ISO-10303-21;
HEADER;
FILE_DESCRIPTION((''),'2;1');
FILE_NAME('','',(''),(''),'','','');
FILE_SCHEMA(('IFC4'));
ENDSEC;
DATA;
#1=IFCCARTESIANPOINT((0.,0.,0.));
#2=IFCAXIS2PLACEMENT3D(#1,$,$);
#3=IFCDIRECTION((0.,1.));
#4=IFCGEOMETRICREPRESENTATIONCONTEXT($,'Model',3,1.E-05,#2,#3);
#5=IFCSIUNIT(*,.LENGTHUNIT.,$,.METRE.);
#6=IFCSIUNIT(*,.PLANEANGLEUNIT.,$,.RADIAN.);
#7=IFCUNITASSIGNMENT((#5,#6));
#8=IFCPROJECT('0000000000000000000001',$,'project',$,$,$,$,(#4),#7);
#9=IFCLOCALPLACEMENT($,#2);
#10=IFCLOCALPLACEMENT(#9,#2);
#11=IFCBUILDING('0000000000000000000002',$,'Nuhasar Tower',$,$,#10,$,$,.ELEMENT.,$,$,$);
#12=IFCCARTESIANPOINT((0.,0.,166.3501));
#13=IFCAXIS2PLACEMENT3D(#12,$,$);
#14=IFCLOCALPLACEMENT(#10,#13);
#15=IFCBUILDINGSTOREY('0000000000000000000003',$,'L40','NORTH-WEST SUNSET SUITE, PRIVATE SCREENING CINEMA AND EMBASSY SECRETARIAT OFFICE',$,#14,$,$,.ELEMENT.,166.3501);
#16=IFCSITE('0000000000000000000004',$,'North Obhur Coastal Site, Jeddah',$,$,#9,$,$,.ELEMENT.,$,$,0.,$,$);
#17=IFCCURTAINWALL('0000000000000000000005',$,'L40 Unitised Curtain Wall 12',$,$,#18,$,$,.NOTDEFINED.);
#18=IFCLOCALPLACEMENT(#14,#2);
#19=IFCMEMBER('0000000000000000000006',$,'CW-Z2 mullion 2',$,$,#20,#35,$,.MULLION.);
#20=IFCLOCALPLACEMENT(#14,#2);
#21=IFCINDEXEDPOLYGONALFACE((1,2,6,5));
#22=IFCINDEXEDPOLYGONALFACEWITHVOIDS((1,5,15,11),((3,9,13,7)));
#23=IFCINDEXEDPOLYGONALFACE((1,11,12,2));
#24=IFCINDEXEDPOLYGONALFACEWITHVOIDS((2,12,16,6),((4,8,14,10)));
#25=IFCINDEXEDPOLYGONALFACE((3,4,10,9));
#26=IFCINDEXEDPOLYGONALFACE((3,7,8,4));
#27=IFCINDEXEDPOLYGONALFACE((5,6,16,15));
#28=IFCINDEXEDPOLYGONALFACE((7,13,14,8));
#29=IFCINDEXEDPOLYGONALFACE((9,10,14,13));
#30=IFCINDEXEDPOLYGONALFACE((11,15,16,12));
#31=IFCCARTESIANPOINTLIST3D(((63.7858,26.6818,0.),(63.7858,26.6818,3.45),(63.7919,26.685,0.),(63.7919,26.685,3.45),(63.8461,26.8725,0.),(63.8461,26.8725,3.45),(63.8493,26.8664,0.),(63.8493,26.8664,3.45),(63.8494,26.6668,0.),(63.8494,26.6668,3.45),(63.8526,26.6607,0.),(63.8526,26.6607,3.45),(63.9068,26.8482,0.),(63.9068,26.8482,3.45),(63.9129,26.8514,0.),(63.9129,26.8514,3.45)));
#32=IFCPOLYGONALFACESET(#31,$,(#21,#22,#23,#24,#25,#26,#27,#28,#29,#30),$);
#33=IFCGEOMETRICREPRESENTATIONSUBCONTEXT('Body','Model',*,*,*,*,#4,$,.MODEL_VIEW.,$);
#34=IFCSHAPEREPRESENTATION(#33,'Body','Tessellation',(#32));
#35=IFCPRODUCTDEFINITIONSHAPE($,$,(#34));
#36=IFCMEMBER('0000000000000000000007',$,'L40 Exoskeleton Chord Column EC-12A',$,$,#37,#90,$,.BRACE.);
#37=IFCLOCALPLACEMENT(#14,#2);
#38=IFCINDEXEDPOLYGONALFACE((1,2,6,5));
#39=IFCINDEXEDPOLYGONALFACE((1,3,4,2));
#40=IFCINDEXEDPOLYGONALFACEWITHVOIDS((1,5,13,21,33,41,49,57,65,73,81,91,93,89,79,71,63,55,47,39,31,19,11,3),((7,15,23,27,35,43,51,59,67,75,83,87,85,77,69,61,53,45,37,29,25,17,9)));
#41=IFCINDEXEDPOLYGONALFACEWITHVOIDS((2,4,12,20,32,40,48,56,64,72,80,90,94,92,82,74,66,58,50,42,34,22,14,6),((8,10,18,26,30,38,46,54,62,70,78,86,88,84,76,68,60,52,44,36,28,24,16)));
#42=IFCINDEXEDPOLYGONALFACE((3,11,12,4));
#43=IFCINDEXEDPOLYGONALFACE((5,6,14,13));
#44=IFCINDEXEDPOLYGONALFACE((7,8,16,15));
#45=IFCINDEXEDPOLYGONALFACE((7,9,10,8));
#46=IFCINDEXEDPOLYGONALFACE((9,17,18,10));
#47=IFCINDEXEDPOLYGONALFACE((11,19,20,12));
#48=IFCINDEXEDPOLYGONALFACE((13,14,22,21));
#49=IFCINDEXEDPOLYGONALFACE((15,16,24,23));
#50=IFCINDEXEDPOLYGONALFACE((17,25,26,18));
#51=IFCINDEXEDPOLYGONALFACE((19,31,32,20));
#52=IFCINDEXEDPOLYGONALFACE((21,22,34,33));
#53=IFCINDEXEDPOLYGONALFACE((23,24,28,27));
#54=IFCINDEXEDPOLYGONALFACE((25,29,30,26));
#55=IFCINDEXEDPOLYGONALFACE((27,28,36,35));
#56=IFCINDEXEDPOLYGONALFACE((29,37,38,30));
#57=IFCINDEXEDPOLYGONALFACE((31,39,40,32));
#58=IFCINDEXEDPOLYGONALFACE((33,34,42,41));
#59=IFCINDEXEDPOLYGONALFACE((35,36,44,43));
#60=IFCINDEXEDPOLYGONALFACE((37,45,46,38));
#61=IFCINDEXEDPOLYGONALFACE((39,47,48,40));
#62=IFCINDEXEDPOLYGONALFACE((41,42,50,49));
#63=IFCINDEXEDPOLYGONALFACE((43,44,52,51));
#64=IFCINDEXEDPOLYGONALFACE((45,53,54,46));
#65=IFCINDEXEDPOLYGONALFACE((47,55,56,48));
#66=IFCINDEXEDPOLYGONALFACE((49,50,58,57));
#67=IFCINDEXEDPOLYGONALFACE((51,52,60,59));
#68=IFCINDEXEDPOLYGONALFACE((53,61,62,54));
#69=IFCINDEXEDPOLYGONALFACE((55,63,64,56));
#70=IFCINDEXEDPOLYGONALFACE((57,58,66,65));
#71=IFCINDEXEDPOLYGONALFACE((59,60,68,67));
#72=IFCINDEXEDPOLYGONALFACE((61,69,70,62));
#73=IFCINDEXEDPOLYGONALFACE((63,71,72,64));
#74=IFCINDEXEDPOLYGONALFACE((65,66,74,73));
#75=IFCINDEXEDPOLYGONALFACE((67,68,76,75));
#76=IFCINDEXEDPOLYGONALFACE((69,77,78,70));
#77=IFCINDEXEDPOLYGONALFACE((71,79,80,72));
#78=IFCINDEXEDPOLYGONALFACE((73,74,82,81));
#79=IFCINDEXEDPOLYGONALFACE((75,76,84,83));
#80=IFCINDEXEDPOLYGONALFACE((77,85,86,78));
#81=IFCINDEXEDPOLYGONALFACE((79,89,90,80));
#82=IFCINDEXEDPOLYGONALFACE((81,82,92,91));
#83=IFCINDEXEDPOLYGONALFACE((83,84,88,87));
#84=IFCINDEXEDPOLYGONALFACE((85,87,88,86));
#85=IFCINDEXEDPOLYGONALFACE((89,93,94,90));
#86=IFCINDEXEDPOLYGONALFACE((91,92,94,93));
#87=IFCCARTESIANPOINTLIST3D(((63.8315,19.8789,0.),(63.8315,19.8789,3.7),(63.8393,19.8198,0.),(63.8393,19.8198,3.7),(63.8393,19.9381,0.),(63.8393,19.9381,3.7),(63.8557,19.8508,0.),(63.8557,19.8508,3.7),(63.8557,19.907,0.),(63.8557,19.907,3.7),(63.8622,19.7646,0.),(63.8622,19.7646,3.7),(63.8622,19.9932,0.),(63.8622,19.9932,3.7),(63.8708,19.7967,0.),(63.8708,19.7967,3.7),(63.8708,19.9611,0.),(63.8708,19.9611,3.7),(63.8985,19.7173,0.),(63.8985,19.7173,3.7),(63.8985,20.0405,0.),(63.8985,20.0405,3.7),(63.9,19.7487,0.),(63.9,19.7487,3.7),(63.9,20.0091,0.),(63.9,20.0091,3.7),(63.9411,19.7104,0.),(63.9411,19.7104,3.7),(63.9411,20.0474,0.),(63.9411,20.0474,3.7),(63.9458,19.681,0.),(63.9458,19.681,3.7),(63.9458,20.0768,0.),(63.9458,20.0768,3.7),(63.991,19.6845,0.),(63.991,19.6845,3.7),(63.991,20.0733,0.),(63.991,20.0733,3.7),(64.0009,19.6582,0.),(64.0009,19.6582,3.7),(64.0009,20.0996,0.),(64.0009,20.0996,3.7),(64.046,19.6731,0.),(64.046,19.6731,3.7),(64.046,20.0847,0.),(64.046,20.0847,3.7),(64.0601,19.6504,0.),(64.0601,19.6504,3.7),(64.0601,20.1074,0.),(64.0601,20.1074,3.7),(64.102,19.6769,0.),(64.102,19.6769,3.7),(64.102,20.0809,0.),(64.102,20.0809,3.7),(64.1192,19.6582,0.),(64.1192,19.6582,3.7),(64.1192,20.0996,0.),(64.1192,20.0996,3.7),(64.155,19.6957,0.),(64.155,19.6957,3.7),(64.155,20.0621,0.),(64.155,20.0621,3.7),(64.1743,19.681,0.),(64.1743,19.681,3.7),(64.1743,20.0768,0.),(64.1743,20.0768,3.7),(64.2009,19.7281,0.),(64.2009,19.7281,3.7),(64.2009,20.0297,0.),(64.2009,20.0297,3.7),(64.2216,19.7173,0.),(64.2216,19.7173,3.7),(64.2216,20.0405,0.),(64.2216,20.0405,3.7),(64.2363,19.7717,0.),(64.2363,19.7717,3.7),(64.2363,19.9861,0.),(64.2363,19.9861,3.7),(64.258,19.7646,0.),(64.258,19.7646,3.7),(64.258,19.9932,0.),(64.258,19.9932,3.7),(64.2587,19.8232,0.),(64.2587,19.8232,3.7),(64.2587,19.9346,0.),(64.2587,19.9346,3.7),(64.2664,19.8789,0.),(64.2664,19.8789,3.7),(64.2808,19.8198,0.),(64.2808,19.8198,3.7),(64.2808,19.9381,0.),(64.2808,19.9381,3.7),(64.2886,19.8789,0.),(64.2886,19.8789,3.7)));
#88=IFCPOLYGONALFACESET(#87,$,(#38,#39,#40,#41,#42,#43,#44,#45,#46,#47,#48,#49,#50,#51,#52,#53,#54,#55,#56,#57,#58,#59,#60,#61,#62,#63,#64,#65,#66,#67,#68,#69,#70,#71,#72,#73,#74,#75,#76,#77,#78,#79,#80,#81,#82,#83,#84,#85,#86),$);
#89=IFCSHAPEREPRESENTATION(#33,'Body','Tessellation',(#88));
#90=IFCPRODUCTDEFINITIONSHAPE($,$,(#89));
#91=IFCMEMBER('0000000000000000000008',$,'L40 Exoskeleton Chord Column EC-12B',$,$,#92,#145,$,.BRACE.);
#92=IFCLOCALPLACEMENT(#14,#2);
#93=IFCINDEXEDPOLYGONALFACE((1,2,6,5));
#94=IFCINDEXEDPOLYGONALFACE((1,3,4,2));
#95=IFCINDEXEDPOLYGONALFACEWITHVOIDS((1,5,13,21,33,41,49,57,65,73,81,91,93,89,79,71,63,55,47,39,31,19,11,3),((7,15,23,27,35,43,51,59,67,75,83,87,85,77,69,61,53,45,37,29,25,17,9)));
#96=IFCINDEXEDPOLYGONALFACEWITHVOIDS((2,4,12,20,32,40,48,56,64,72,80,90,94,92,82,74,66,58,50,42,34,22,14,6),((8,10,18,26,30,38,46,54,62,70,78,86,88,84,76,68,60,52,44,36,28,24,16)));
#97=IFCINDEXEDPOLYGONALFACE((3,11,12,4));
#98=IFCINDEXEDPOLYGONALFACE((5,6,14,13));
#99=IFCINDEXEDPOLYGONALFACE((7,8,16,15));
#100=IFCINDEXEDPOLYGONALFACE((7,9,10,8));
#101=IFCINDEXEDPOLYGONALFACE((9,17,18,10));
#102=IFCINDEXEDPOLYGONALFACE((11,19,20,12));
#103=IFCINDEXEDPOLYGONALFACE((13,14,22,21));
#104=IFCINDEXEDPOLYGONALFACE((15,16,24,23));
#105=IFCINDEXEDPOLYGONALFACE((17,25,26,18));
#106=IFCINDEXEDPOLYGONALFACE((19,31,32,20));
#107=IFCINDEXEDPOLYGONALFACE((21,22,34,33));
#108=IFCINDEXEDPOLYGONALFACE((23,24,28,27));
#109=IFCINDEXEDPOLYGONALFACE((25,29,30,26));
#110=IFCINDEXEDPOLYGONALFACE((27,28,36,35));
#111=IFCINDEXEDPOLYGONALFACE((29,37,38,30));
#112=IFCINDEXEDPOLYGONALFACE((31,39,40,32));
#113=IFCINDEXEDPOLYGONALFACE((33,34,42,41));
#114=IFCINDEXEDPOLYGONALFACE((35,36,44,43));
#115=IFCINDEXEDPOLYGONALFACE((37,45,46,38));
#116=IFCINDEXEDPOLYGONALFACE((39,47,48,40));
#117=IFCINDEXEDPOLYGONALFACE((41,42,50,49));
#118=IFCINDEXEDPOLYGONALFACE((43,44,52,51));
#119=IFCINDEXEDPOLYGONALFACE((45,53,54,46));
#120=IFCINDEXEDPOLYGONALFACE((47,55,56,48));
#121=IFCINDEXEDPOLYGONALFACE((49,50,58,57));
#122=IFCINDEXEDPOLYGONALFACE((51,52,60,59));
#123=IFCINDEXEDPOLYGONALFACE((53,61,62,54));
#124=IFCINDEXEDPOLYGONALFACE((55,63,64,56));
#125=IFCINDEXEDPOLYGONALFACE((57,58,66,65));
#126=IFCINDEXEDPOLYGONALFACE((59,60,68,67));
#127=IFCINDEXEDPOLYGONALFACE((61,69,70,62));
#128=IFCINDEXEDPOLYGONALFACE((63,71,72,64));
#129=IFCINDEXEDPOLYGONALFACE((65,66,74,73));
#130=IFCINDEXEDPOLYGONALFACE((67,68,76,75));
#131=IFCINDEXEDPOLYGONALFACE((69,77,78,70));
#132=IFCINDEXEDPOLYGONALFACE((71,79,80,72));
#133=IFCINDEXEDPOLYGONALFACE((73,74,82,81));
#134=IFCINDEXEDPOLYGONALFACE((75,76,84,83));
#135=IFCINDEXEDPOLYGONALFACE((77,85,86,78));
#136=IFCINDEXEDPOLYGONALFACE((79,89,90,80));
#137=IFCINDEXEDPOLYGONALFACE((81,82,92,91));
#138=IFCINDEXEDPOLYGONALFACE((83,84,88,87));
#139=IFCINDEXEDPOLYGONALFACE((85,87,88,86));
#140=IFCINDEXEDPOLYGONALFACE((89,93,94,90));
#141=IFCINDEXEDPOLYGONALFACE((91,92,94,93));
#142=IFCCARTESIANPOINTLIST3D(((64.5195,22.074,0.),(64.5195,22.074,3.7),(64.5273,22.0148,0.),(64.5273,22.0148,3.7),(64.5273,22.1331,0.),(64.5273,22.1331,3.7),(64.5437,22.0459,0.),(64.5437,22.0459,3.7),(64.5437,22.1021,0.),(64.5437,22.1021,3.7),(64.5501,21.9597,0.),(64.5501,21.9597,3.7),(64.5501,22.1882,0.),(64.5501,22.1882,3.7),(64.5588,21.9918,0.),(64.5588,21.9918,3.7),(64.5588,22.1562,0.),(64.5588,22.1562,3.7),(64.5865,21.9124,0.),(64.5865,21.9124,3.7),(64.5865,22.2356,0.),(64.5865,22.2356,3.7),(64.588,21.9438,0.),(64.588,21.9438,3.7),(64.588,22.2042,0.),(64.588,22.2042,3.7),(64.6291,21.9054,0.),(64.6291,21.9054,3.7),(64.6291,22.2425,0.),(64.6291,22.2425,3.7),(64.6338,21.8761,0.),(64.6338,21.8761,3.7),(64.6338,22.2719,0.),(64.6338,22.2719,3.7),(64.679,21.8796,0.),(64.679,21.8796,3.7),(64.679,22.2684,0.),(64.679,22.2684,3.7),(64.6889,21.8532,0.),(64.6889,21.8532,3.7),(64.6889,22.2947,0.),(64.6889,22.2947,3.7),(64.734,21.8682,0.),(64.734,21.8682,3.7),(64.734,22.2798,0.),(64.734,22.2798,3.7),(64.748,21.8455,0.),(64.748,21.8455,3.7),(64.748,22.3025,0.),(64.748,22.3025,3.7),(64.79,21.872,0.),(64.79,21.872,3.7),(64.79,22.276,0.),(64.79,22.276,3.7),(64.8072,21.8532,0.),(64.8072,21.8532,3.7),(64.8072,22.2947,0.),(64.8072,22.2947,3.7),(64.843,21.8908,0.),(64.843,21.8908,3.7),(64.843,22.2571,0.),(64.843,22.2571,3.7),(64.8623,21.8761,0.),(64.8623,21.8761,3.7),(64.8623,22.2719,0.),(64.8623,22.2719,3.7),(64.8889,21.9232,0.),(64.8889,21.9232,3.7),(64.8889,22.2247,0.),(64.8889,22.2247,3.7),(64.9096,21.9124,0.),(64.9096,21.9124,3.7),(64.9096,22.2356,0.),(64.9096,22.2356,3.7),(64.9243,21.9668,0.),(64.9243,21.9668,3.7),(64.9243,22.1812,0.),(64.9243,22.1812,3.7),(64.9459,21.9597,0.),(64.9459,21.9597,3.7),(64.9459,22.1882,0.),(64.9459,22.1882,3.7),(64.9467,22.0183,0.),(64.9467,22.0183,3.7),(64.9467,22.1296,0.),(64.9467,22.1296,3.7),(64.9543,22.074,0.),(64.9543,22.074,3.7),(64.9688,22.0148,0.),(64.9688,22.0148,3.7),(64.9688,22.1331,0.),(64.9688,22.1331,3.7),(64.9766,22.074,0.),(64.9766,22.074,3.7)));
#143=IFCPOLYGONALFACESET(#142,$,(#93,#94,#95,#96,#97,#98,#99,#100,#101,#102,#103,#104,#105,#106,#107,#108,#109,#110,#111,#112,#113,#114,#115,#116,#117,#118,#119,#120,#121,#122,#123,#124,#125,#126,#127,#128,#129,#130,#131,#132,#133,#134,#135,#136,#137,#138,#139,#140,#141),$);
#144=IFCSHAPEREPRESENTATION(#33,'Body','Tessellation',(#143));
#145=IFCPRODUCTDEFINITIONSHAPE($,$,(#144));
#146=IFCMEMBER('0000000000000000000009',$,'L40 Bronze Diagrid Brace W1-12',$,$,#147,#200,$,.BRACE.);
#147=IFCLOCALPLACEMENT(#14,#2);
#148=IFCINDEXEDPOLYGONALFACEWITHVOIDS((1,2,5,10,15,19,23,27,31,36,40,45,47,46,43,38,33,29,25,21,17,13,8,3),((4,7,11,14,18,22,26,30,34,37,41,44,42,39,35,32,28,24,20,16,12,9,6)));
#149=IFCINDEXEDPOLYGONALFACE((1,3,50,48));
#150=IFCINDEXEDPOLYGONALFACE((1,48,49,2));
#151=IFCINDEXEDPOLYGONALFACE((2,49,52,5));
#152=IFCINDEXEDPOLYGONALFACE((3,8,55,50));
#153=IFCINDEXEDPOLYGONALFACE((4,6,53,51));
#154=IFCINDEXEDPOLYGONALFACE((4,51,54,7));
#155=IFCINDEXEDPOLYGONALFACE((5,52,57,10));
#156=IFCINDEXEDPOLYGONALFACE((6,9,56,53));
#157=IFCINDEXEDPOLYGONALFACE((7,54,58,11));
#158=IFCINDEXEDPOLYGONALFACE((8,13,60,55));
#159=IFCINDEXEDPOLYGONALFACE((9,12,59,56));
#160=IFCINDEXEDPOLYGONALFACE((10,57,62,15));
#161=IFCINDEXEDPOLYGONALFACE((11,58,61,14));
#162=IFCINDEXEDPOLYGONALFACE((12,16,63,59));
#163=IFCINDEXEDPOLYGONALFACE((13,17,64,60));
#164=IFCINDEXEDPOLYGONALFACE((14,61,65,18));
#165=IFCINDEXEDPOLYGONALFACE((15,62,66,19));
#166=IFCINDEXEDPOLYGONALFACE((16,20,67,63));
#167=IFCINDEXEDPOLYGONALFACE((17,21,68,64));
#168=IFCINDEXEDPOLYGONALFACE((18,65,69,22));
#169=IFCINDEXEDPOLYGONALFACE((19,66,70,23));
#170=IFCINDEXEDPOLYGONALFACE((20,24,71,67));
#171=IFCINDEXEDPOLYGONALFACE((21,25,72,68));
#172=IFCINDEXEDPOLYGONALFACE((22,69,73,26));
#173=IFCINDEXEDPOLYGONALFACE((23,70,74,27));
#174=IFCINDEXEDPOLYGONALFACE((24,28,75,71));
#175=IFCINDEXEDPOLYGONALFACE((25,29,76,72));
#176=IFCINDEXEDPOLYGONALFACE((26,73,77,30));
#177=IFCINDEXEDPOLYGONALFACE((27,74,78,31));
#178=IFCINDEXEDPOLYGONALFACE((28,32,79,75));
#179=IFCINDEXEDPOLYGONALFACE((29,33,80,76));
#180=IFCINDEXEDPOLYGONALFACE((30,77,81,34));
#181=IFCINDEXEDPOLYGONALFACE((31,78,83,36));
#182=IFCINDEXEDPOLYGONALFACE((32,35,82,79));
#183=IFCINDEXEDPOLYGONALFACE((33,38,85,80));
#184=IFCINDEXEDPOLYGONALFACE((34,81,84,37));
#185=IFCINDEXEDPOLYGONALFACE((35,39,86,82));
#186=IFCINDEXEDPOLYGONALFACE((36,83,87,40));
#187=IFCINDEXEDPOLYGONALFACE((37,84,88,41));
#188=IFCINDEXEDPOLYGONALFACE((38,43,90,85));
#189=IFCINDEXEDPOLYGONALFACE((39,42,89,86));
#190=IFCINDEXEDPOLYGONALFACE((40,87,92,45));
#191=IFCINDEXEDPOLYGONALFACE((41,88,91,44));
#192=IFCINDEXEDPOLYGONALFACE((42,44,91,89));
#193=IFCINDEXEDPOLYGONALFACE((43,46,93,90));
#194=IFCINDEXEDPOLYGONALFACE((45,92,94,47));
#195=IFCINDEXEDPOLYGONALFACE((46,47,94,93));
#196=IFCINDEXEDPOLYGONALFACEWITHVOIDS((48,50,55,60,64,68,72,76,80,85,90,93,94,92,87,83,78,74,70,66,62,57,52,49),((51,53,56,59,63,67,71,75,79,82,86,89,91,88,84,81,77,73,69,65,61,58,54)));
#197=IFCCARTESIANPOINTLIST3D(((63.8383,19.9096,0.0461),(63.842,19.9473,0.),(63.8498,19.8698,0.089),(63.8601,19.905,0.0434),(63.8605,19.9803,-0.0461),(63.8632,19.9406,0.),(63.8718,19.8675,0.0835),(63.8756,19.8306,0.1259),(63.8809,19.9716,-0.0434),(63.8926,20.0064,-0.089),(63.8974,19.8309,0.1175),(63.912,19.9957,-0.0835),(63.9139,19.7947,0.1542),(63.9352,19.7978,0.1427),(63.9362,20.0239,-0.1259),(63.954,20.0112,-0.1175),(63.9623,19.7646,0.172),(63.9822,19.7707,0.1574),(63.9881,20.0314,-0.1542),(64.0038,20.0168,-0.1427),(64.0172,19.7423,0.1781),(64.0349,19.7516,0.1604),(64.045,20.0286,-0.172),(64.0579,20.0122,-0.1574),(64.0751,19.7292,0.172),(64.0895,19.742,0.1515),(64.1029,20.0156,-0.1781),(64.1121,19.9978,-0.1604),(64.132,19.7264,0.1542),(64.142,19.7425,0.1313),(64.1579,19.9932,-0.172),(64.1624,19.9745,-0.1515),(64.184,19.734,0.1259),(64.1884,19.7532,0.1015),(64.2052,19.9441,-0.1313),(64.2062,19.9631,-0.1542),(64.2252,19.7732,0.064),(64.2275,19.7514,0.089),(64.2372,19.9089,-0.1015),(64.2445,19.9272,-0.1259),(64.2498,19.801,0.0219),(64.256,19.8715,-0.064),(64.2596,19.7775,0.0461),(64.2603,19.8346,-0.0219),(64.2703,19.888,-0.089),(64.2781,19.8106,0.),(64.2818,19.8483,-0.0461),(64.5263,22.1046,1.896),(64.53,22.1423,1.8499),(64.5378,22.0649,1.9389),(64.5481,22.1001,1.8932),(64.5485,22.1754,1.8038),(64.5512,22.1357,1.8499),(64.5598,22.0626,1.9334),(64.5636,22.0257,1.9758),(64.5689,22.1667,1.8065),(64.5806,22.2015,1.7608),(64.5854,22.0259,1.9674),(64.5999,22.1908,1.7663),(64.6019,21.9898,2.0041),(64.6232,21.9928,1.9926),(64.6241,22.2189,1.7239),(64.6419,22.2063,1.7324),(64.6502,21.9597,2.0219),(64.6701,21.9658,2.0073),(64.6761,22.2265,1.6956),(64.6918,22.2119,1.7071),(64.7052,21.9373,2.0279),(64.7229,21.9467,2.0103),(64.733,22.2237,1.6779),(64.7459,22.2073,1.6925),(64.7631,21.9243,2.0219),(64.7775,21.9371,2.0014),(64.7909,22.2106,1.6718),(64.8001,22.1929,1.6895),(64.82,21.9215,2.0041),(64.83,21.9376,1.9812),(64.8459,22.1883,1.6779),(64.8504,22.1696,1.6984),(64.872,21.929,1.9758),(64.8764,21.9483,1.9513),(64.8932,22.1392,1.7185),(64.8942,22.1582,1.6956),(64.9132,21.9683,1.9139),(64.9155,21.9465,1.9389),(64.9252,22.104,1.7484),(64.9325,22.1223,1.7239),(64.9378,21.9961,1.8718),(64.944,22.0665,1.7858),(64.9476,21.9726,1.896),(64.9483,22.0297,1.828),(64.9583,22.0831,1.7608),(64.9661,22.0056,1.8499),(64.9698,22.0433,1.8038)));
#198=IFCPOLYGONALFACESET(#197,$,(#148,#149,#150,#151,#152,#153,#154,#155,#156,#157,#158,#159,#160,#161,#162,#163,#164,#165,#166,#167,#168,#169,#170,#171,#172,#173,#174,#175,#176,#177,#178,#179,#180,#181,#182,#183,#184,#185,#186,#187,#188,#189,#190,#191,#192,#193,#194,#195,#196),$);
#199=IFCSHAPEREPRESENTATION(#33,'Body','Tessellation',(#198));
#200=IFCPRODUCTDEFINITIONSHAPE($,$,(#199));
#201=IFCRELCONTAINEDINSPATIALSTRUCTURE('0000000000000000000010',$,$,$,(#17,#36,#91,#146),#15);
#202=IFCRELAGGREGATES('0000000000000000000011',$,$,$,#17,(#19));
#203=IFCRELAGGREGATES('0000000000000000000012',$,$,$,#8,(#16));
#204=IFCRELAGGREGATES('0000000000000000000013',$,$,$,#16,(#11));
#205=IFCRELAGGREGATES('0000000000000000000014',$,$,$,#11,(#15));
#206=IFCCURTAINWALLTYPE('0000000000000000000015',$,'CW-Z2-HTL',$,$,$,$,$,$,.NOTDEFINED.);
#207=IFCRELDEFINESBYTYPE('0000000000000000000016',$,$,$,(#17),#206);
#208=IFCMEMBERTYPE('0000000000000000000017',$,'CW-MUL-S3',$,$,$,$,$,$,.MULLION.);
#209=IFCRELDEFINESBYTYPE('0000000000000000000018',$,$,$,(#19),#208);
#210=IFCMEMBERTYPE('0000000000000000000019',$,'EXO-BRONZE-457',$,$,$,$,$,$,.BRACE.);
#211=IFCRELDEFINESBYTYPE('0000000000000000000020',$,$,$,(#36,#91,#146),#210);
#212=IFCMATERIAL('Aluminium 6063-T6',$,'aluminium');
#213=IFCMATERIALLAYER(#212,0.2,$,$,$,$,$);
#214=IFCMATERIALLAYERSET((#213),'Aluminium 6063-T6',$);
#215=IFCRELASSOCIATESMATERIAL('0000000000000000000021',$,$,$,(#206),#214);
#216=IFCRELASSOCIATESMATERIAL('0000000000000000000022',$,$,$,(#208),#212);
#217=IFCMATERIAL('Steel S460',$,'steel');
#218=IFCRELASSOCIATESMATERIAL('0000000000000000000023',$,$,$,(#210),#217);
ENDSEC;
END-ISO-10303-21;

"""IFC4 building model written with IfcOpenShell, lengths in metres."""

from ifc_helpers import new_model, si_unit, direction, frame, origin, origin_2d, place, context, subcontext, project, spatial, hollow_rectangle, hollow_circle, extrude, material, layer, layer_set, material_profile, profile_set, type_object, element, aggregate, save


model = new_model("IFC4")

# Units and contexts
model_context = context("Model", 3, precision=1e-05, world=origin(), true_north=direction((0.0, 1.0)))
body_context = subcontext(model_context, "Body", "Model", "MODEL_VIEW")
ifc_project = project(units=[si_unit("LENGTHUNIT", "METRE"), si_unit("PLANEANGLEUNIT", "RADIAN")], contexts=[model_context])

# Site, building, storey
site_placement = place(None, origin())
site = spatial("IfcSite", under=ifc_project, at=site_placement, Name="North Obhur Coastal Site, Jeddah", CompositionType="ELEMENT", RefElevation=0.0)
building_placement = place(site_placement, origin())
building = spatial("IfcBuilding", under=site, at=building_placement, Name="Nuhasar Tower", CompositionType="ELEMENT")
storey_placement = place(building_placement, frame((0.0, 0.0, 166.3501)))
storey = spatial("IfcBuildingStorey", under=building, at=storey_placement, Name="L40", Description="NORTH-WEST SUNSET SUITE, PRIVATE SCREENING CINEMA AND EMBASSY SECRETARIAT OFFICE", CompositionType="ELEMENT", Elevation=166.3501)

# Curtain wall, member
ifc_material_1 = material(Name="Aluminium 6063-T6", Category="aluminium")
ifc_layer_1 = layer(ifc_material_1, 0.2)
ifc_layer_set_1 = layer_set([ifc_layer_1], Name="Aluminium 6063-T6")
curtain_wall_type = type_object("IfcCurtainWallType", Name="CW-Z2-HTL", PredefinedType="NOTDEFINED", material=ifc_layer_set_1)
curtain_wall_placement = place(storey_placement, origin())
curtain_wall = element("IfcCurtainWall", 1, at=curtain_wall_placement, inside=storey, type_object=curtain_wall_type, Name="L40 Unitised Curtain Wall 12", PredefinedType="NOTDEFINED")
ifc_material_profile_1 = material_profile(ifc_material_1, hollow_rectangle(XDim=0.0701, YDim=0.2, WallThickness=0.0049, at=origin_2d()), Name="CWM-3")
ifc_profile_set_1 = profile_set([ifc_material_profile_1], Name="Aluminium 6063-T6")
member_type_1 = type_object("IfcMemberType", Name="CW-MUL-S3", PredefinedType="MULLION", material=ifc_profile_set_1)
member_1_placement = place(storey_placement, frame((63.8494, 26.7666, 0.0), z_axis=(0.0, 0.0, 1.0), x_axis=(-0.953433, 0.301604, 0.0)))
member_1 = element("IfcMember", 2, at=member_1_placement, type_object=member_type_1, Name="CW-Z2 mullion 2", PredefinedType="MULLION", context=body_context, shape_type="SweptSolid", body=[
    extrude(hollow_rectangle(XDim=0.0701, YDim=0.2, WallThickness=0.0049, at=origin_2d()), origin(), (0.0, 0.0, 1.0), 3.45),
])

# Members
ifc_material_2 = material(Name="Steel S460", Category="steel")
ifc_material_profile_2 = material_profile(ifc_material_2, hollow_circle(Radius=0.2285, WallThickness=0.0222, at=origin_2d()), Name="HSS457X22.2")
ifc_profile_set_2 = profile_set([ifc_material_profile_2], Name="Steel S460")
member_type_2 = type_object("IfcMemberType", Name="EXO-BRONZE-457", PredefinedType="BRACE", material=ifc_profile_set_2)
for number, where, z_axis, x_axis, name in (
    (3, (64.0601, 19.8789, 0.0), (0.0, 0.0, 1.0), (1.0, 0.0, 0.0), "L40 Exoskeleton Chord Column EC-12A"),
    (4, (64.748, 22.074, 0.0), (0.0, 0.0, 1.0), (1.0, 0.0, 0.0), "L40 Exoskeleton Chord Column EC-12B"),
):
    element("IfcMember", number, at=place(storey_placement, frame(where, z_axis=z_axis, x_axis=x_axis)), inside=storey, type_object=member_type_2, Name=name, PredefinedType="BRACE", context=body_context, shape_type="SweptSolid", body=[
        extrude(hollow_circle(Radius=0.2285, WallThickness=0.0222, at=origin_2d()), origin(), (0.0, 0.0, 1.0), 3.7),
    ])
member_2_placement = place(storey_placement, frame((64.0601, 19.8789, 0.0), z_axis=(0.233068, 0.743616, 0.626669), x_axis=(-0.954228, 0.299079, 0.0)))
element("IfcMember", 5, at=member_2_placement, inside=storey, type_object=member_type_2, Name="L40 Bronze Diagrid Brace W1-12", PredefinedType="BRACE", context=body_context, shape_type="SweptSolid", body=[
    extrude(hollow_circle(Radius=0.2285, WallThickness=0.0222, at=origin_2d()), origin(), (0.0, 0.0, 1.0), 2.9519),
])

aggregate(curtain_wall, [member_1])

save(model, "model.ifc")
